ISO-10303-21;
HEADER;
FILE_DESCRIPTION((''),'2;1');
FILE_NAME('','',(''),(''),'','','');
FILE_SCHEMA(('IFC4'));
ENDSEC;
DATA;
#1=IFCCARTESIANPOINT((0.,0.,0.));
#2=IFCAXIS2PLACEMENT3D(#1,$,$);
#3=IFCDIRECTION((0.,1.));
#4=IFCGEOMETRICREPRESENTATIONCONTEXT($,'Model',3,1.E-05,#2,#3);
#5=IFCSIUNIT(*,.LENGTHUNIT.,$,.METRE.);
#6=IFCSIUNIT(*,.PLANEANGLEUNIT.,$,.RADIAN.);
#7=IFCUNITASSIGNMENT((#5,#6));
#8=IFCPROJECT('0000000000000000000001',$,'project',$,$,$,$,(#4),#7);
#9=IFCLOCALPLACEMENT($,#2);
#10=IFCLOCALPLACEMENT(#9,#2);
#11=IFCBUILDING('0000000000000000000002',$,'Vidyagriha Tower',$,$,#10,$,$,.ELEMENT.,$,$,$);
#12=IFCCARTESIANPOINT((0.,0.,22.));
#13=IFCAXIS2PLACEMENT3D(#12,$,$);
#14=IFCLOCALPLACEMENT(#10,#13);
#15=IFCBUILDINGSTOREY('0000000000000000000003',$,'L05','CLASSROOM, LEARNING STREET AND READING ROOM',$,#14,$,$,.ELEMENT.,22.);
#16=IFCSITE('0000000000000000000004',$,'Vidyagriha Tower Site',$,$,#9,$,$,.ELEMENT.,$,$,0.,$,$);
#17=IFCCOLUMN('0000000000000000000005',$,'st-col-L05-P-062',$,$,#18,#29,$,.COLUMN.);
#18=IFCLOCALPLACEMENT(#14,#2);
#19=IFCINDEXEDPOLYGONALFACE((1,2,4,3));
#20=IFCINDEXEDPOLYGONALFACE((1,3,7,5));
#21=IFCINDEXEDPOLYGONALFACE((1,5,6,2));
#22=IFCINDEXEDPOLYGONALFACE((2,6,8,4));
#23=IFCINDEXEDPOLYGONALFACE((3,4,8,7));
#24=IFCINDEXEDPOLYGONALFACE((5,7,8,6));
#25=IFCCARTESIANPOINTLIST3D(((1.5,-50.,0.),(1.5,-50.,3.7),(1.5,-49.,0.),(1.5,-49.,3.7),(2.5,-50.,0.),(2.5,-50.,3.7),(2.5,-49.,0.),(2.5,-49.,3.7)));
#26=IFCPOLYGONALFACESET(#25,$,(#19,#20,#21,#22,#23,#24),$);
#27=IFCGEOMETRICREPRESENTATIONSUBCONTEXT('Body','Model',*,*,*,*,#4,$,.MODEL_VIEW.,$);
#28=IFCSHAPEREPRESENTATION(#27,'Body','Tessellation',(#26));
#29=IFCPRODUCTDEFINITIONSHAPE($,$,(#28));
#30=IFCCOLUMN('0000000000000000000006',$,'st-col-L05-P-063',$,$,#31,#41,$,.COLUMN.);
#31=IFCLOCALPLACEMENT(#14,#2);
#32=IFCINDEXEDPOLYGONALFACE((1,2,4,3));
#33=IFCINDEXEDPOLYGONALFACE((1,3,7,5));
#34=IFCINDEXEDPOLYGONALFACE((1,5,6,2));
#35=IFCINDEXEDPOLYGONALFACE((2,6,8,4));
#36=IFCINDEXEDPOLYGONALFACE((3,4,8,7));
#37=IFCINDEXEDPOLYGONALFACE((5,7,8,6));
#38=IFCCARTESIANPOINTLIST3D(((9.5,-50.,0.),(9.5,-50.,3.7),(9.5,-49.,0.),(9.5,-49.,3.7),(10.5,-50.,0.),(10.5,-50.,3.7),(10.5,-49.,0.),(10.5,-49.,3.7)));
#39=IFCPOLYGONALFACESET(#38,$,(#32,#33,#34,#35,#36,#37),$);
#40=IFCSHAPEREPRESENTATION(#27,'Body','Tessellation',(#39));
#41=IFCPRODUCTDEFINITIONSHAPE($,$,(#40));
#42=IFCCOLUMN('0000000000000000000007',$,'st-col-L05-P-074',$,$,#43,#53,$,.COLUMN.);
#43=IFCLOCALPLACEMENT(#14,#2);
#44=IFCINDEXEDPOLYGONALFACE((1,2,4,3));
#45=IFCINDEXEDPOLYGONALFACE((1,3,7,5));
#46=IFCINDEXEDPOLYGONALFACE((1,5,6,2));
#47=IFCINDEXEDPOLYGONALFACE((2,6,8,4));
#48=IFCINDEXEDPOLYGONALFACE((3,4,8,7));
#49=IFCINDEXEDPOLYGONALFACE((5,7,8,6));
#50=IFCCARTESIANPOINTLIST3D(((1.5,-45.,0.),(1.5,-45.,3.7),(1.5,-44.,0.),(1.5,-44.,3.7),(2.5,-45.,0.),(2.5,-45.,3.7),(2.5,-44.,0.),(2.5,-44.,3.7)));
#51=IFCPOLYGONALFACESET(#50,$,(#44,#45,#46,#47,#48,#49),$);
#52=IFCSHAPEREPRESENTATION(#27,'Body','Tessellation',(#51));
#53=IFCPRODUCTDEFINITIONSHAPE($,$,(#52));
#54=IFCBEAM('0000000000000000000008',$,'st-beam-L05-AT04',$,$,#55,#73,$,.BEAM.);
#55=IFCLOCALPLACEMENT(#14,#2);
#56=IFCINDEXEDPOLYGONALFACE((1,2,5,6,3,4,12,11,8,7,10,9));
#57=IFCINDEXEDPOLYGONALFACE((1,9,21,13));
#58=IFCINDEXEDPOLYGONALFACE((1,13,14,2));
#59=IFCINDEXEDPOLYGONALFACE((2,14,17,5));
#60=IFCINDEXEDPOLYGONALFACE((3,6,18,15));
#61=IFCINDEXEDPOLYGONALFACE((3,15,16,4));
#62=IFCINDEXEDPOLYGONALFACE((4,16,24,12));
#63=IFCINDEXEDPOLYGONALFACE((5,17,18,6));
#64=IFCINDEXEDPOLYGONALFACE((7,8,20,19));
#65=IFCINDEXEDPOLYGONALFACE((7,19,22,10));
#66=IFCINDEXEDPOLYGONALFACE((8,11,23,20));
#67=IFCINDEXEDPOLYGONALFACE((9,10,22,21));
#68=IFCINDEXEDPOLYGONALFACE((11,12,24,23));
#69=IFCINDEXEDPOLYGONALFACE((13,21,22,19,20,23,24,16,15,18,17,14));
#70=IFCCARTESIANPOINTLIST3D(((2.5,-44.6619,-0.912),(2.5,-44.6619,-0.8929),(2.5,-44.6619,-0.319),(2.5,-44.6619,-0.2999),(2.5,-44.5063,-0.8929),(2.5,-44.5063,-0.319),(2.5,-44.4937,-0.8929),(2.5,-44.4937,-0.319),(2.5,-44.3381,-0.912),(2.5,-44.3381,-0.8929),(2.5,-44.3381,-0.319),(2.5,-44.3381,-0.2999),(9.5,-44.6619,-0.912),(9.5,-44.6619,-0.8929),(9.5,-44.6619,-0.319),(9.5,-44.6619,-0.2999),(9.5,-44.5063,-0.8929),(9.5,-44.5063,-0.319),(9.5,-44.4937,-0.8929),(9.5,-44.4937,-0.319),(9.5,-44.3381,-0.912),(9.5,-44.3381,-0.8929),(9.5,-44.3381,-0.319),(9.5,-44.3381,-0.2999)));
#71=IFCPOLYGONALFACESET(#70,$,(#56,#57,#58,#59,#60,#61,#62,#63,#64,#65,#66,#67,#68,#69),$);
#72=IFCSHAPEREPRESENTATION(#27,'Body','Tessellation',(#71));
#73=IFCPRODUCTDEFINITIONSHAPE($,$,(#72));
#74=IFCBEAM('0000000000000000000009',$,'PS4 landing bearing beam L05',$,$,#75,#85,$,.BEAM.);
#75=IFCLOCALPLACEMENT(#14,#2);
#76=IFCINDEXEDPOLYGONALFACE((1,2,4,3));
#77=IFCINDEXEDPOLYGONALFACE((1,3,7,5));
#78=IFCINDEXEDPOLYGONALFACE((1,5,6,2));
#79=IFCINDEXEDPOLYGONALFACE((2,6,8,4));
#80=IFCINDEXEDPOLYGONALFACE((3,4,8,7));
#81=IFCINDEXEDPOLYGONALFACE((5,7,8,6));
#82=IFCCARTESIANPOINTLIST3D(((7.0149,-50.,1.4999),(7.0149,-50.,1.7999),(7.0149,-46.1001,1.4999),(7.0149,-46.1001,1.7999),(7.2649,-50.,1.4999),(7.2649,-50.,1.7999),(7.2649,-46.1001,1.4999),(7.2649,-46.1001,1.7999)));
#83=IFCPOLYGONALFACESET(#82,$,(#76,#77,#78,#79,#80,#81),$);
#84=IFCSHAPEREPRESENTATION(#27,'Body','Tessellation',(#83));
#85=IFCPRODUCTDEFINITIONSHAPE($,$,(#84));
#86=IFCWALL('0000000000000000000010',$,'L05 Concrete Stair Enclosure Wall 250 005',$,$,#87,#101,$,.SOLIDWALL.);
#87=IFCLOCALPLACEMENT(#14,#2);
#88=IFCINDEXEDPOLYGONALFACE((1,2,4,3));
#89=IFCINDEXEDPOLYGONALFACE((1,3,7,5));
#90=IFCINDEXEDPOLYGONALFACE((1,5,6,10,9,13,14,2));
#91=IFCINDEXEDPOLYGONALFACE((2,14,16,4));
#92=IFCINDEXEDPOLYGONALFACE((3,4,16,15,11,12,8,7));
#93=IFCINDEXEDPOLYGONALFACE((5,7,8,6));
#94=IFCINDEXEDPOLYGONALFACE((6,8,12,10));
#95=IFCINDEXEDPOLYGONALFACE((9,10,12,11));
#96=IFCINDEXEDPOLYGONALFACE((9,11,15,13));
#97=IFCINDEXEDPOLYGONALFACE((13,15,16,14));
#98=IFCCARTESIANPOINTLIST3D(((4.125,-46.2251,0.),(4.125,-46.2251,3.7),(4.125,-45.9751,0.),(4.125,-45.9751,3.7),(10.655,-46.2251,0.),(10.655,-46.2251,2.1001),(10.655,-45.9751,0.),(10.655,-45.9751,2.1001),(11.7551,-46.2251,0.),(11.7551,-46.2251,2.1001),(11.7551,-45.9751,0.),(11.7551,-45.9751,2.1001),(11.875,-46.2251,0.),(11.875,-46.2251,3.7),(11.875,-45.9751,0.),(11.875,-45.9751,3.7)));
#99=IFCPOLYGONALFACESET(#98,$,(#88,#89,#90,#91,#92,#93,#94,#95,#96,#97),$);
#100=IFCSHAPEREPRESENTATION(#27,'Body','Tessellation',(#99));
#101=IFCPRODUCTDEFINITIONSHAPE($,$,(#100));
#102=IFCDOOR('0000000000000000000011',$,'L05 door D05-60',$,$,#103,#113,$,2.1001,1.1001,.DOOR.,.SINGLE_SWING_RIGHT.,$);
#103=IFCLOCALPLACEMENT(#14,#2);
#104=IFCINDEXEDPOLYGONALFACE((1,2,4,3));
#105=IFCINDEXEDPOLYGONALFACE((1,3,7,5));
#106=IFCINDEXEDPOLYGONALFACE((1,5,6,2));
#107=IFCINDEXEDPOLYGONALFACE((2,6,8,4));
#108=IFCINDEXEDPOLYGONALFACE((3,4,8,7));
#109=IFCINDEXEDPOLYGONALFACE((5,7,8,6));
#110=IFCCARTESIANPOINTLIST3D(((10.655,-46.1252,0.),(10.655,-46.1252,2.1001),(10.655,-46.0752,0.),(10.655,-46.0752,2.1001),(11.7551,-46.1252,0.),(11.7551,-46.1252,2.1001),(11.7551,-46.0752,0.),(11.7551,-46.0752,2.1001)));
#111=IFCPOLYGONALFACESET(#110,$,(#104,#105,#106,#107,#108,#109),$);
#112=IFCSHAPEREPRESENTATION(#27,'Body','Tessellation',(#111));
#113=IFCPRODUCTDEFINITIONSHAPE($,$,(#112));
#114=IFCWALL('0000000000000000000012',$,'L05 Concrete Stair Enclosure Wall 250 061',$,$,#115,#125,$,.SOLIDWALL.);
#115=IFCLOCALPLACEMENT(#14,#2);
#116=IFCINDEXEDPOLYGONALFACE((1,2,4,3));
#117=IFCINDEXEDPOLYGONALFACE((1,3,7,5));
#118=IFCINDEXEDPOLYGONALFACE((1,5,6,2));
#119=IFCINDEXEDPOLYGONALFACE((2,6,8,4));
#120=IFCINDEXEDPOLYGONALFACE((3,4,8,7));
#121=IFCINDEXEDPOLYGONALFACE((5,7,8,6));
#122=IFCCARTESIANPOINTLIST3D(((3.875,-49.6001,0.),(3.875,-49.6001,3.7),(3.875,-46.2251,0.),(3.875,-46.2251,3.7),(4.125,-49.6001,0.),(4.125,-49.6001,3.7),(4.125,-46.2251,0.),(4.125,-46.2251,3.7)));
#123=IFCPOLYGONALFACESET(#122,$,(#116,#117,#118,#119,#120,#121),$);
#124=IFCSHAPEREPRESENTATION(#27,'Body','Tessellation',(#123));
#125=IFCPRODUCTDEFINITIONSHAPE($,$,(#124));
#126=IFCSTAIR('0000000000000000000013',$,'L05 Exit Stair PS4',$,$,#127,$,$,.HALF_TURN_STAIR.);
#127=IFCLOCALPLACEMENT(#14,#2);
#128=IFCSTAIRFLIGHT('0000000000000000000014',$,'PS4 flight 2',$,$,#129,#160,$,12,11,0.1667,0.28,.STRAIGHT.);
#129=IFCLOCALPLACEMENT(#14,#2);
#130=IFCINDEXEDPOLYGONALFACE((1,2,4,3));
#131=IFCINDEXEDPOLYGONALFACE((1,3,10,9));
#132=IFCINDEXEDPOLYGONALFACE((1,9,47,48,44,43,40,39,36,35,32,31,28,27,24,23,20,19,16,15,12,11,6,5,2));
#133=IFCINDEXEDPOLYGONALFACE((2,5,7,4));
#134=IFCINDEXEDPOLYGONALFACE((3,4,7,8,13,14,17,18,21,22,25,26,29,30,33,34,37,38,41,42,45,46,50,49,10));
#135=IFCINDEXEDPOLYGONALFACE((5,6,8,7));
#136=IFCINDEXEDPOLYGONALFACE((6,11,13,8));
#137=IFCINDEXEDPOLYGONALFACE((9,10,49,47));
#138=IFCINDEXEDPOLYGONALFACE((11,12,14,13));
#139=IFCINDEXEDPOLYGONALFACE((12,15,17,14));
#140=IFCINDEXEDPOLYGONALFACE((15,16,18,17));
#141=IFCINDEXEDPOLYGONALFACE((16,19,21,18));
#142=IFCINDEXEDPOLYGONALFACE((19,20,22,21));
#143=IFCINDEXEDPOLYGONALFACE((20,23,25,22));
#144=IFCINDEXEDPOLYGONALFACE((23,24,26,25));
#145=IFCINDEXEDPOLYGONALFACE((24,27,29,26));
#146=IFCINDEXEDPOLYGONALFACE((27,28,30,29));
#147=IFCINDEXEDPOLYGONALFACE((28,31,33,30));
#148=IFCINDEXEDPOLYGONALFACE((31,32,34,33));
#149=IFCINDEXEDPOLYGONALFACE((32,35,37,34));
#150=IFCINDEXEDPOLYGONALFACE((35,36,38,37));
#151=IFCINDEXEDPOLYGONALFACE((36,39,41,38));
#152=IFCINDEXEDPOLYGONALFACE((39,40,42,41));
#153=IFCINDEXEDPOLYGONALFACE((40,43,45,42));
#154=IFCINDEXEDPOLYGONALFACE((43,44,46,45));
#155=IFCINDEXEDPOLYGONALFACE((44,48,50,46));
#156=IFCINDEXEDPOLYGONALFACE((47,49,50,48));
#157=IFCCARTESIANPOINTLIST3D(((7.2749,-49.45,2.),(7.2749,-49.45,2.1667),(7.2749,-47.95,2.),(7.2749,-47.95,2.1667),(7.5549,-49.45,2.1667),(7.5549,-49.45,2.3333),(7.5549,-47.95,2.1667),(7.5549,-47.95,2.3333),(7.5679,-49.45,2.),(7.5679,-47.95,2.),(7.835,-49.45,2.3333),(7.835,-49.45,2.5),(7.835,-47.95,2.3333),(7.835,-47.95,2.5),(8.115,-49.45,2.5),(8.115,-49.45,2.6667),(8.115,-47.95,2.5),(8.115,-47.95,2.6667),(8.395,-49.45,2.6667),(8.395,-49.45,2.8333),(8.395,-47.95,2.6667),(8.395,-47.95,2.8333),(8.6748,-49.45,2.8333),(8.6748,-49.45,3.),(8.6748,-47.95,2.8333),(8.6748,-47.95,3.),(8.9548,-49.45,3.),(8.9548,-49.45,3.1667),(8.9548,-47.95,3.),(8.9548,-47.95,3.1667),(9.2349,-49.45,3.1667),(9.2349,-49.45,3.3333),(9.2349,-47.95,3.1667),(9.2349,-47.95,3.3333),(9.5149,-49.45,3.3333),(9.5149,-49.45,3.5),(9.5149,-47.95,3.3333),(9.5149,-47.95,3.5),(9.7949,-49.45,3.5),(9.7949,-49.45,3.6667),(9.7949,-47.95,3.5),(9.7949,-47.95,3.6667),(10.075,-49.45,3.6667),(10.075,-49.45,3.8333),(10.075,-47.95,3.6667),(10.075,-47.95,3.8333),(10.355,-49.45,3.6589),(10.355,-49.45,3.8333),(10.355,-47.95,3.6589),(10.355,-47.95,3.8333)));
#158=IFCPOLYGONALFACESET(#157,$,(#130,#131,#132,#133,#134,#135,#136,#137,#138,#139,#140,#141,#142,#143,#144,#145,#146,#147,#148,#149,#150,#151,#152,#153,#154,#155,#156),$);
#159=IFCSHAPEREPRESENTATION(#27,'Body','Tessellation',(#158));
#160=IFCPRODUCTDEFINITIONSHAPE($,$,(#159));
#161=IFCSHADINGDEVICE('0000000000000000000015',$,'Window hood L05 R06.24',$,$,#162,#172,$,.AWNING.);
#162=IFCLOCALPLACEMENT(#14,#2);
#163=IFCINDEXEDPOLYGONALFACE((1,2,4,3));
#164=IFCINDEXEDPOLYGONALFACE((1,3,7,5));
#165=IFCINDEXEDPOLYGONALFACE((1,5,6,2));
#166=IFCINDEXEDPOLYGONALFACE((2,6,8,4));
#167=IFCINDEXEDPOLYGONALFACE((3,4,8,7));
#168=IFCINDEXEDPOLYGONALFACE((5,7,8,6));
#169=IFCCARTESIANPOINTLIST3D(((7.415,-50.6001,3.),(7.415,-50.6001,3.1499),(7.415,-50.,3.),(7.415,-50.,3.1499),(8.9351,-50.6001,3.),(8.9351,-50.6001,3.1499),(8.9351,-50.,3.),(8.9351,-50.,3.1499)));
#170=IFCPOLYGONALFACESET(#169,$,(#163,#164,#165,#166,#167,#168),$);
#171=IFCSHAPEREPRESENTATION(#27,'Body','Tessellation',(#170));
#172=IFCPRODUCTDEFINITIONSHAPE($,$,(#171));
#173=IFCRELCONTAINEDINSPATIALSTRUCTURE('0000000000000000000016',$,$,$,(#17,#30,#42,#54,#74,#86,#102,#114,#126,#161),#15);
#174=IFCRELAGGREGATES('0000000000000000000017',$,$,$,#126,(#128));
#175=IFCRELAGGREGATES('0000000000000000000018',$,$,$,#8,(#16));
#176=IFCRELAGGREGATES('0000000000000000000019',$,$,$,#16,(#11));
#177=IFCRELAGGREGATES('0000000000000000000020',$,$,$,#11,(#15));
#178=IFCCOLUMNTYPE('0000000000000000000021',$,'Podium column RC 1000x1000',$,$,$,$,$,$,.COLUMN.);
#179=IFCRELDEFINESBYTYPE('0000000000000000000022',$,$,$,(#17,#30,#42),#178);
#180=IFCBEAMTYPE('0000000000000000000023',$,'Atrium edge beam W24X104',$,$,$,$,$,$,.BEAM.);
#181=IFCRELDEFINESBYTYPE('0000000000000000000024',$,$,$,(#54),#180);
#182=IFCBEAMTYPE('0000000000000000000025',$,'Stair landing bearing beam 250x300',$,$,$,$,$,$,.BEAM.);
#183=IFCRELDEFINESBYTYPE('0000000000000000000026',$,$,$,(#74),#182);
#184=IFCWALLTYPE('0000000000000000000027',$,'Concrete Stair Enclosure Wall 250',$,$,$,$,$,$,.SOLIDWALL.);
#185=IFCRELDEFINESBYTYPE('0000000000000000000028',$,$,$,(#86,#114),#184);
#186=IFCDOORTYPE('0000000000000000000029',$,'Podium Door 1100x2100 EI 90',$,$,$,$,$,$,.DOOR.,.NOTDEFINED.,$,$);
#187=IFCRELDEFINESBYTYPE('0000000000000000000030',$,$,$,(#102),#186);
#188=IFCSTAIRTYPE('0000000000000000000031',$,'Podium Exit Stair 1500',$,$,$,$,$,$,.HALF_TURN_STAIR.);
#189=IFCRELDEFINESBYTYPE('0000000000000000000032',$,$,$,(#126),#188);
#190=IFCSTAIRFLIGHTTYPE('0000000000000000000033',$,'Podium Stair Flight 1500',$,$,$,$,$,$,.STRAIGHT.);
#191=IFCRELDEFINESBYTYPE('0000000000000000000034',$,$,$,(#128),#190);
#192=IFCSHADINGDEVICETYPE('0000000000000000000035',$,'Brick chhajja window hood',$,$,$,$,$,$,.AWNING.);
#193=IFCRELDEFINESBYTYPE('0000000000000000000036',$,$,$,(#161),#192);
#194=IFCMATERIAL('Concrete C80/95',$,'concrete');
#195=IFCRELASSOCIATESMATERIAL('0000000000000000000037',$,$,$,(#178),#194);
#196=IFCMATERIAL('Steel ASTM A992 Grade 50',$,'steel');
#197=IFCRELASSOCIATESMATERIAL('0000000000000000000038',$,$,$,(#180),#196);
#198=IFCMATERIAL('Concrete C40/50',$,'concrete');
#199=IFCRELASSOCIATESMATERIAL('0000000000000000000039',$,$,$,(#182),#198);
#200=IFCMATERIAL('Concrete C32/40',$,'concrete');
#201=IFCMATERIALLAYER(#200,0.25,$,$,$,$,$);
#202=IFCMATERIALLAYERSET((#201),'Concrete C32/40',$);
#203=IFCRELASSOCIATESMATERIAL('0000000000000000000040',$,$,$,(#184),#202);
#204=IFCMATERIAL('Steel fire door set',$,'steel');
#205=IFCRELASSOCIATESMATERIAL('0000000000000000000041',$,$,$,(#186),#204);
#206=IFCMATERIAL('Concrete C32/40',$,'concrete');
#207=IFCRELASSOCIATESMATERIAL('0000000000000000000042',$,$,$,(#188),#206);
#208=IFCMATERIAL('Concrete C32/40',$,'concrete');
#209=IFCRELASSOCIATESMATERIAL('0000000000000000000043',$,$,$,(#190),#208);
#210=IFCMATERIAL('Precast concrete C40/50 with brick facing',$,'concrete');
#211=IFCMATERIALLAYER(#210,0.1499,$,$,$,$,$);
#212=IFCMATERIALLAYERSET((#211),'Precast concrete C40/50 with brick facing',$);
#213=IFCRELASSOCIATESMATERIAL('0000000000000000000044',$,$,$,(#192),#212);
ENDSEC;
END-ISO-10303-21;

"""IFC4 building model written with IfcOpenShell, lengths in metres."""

from ifc_helpers import new_model, si_unit, direction, frame, frame_2d, origin, origin_2d, place, context, subcontext, project, spatial, polyline, rectangle, i_section, outline, extrude, material, layer, layer_set, material_profile, profile_set, type_object, element, fill, aggregate, save


model = new_model("IFC4")

# Units and contexts
model_context = context("Model", 3, precision=1e-05, world=origin(), true_north=direction((0.0, 1.0)))
body_context = subcontext(model_context, "Body", "Model", "MODEL_VIEW")
ifc_project = project(units=[si_unit("LENGTHUNIT", "METRE"), si_unit("PLANEANGLEUNIT", "RADIAN")], contexts=[model_context])

# Site, building, storey
site_placement = place(None, origin())
site = spatial("IfcSite", under=ifc_project, at=site_placement, Name="Vidyagriha Tower Site", CompositionType="ELEMENT", RefElevation=0.0)
building_placement = place(site_placement, origin())
building = spatial("IfcBuilding", under=site, at=building_placement, Name="Vidyagriha Tower", CompositionType="ELEMENT")
storey_placement = place(building_placement, frame((0.0, 0.0, 22.0)))
storey = spatial("IfcBuildingStorey", under=building, at=storey_placement, Name="L05", Description="CLASSROOM, LEARNING STREET AND READING ROOM", CompositionType="ELEMENT", Elevation=22.0)

# Columns
ifc_material_1 = material(Name="Concrete C80/95", Category="concrete")
ifc_material_profile_1 = material_profile(ifc_material_1, rectangle(XDim=1.0, YDim=1.0, at=origin_2d()), Name="RC 1000x1000")
ifc_profile_set_1 = profile_set([ifc_material_profile_1], Name="Concrete C80/95")
column_type = type_object("IfcColumnType", Name="Podium column RC 1000x1000", PredefinedType="COLUMN", material=ifc_profile_set_1)
for number, where, name in (
    (1, (2.0, -49.5, 0.0), "st-col-L05-P-062"),
    (2, (10.0, -49.5, 0.0), "st-col-L05-P-063"),
    (3, (2.0, -44.5, 0.0), "st-col-L05-P-074"),
):
    element("IfcColumn", number, at=place(storey_placement, frame(where)), inside=storey, type_object=column_type, Name=name, PredefinedType="COLUMN", context=body_context, shape_type="SweptSolid", body=[
        extrude(rectangle(XDim=1.0, YDim=1.0, at=origin_2d()), origin(), (0.0, 0.0, 1.0), 3.7),
    ])

# Beams
ifc_material_2 = material(Name="Steel ASTM A992 Grade 50", Category="steel")
ifc_material_profile_2 = material_profile(ifc_material_2, i_section(OverallWidth=0.3237, OverallDepth=0.6121, WebThickness=0.0127, FlangeThickness=0.019, at=origin_2d()), Name="W24X104")
ifc_profile_set_2 = profile_set([ifc_material_profile_2], Name="Steel ASTM A992 Grade 50")
beam_type_1 = type_object("IfcBeamType", Name="Atrium edge beam W24X104", PredefinedType="BEAM", material=ifc_profile_set_2)
beam_1_placement = place(storey_placement, frame((2.5, -44.5, -0.606), z_axis=(1.0, 0.0, 0.0), x_axis=(0.0, 1.0, 0.0)))
element("IfcBeam", 4, at=beam_1_placement, inside=storey, type_object=beam_type_1, Name="st-beam-L05-AT04", PredefinedType="BEAM", context=body_context, shape_type="SweptSolid", body=[
    extrude(i_section(OverallWidth=0.3237, OverallDepth=0.6121, WebThickness=0.0127, FlangeThickness=0.019, at=origin_2d()), origin(), (0.0, 0.0, 1.0), 7.0),
])
ifc_material_3 = material(Name="Concrete C40/50", Category="concrete")
ifc_material_profile_3 = material_profile(ifc_material_3, rectangle(XDim=0.25, YDim=0.3, at=origin_2d()), Name="Stair landing bearing beam 250x300")
ifc_profile_set_3 = profile_set([ifc_material_profile_3], Name="Concrete C40/50")
beam_type_2 = type_object("IfcBeamType", Name="Stair landing bearing beam 250x300", PredefinedType="BEAM", material=ifc_profile_set_3)
beam_2_placement = place(storey_placement, frame((7.1399, -50.0, 1.6499), z_axis=(0.0, 1.0, 0.0), x_axis=(-1.0, 0.0, 0.0)))
element("IfcBeam", 5, at=beam_2_placement, inside=storey, type_object=beam_type_2, Name="PS4 landing bearing beam L05", PredefinedType="BEAM", context=body_context, shape_type="SweptSolid", body=[
    extrude(rectangle(XDim=0.25, YDim=0.3, at=origin_2d()), origin(), (0.0, 0.0, 1.0), 3.8999),
])

# Wall, opening, door
ifc_material_4 = material(Name="Concrete C32/40", Category="concrete")
ifc_layer_1 = layer(ifc_material_4, 0.25)
ifc_layer_set_1 = layer_set([ifc_layer_1], Name="Concrete C32/40")
wall_type = type_object("IfcWallType", Name="Concrete Stair Enclosure Wall 250", PredefinedType="SOLIDWALL", material=ifc_layer_set_1)
wall_1_placement = place(storey_placement, frame((4.125, -46.1001, 0.0)))
wall_1 = element("IfcWall", 6, at=wall_1_placement, inside=storey, type_object=wall_type, Name="L05 Concrete Stair Enclosure Wall 250 005", PredefinedType="SOLIDWALL", context=body_context, shape_type="SweptSolid", body=[
    extrude(rectangle(XDim=7.75, YDim=0.25, at=frame_2d((3.875, 0.0))), origin(), (0.0, 0.0, 1.0), 3.7),
])
opening_placement = place(wall_1_placement, frame((6.53, 0.0, 0.0)))
opening = element("IfcOpeningElement", 7, at=opening_placement, cuts=wall_1, PredefinedType="OPENING", context=body_context, shape_type="SweptSolid", body=[
    extrude(rectangle(XDim=1.1001, YDim=2.1001, at=frame_2d((0.55, 1.05))), frame((0.0, 0.135, 0.0), z_axis=(0.0, -1.0, 0.0), x_axis=(1.0, 0.0, 0.0)), (0.0, 0.0, 1.0), 0.27),
])
ifc_material_5 = material(Name="Steel fire door set", Category="steel")
door_type = type_object("IfcDoorType", Name="Podium Door 1100x2100 EI 90", OperationType="NOTDEFINED", PredefinedType="DOOR", material=ifc_material_5)
door_placement = place(opening_placement, origin())
door = element("IfcDoor", 8, at=door_placement, inside=storey, type_object=door_type, Name="L05 door D05-60", OperationType="SINGLE_SWING_RIGHT", OverallHeight=2.1001, OverallWidth=1.1001, PredefinedType="DOOR", context=body_context, shape_type="SweptSolid", body=[
    extrude(rectangle(XDim=1.1001, YDim=2.1001, at=frame_2d((0.55, 1.05))), frame((0.0, 0.0249, 0.0), z_axis=(0.0, -1.0, 0.0), x_axis=(1.0, 0.0, 0.0)), (0.0, 0.0, 1.0), 0.05),
])
fill(opening, door)

# Wall
wall_2_placement = place(storey_placement, frame((4.0, -49.6001, 0.0), z_axis=(0.0, 0.0, 1.0), x_axis=(0.0, 1.0, 0.0)))
element("IfcWall", 9, at=wall_2_placement, inside=storey, type_object=wall_type, Name="L05 Concrete Stair Enclosure Wall 250 061", PredefinedType="SOLIDWALL", context=body_context, shape_type="SweptSolid", body=[
    extrude(rectangle(XDim=3.375, YDim=0.25, at=frame_2d((1.6875, 0.0))), origin(), (0.0, 0.0, 1.0), 3.7),
])

# Stair, stair flight
ifc_material_6 = material(Name="Concrete C32/40", Category="concrete")
stair_type = type_object("IfcStairType", Name="Podium Exit Stair 1500", PredefinedType="HALF_TURN_STAIR", material=ifc_material_6)
stair_placement = place(storey_placement, origin())
stair = element("IfcStair", 10, at=stair_placement, inside=storey, type_object=stair_type, Name="L05 Exit Stair PS4", PredefinedType="HALF_TURN_STAIR")
ifc_material_7 = material(Name="Concrete C32/40", Category="concrete")
stair_flight_type = type_object("IfcStairFlightType", Name="Podium Stair Flight 1500", PredefinedType="STRAIGHT", material=ifc_material_7)
stair_flight_placement = place(storey_placement, frame((7.2749, -48.7, 2.0)))
stair_flight = element("IfcStairFlight", 11, at=stair_flight_placement, type_object=stair_flight_type, Name="PS4 flight 2", NumberOfRisers=12, NumberOfTreads=11, PredefinedType="STRAIGHT", RiserHeight=0.1667, TreadLength=0.28, context=body_context, shape_type="SweptSolid", body=[
    extrude(outline(polyline([(0.0, 0.0), (0.0, 0.1667), (0.28, 0.1667), (0.28, 0.3333), (0.5601, 0.3333), (0.5601, 0.5), (0.8401, 0.5), (0.8401, 0.6667), (1.1201, 0.6667), (1.1201, 0.8333), (1.3999, 0.8333), (1.3999, 1.0), (1.6799, 1.0), (1.6799, 1.1667), (1.96, 1.1667), (1.96, 1.3333), (2.24, 1.3333), (2.24, 1.5), (2.52, 1.5), (2.52, 1.6667), (2.8, 1.6667), (2.8, 1.8333), (3.0801, 1.8333), (3.0801, 2.0), (3.0801, 1.6589), (0.293, 0.0), (0.0, 0.0)])), frame((0.0, 0.75, 0.0), z_axis=(0.0, -1.0, 0.0), x_axis=(1.0, 0.0, 0.0)), (0.0, 0.0, 1.0), 1.5),
])
aggregate(stair, [stair_flight])

# Shading device
ifc_material_8 = material(Name="Precast concrete C40/50 with brick facing", Category="concrete")
ifc_layer_2 = layer(ifc_material_8, 0.1499)
ifc_layer_set_2 = layer_set([ifc_layer_2], Name="Precast concrete C40/50 with brick facing")
shading_device_type_1 = type_object("IfcShadingDeviceType", Name="Brick chhajja window hood", PredefinedType="AWNING", material=ifc_layer_set_2)
shading_device_1_placement = place(storey_placement, frame((8.175, -50.3, 3.0)))
element("IfcShadingDevice", 12, at=shading_device_1_placement, inside=storey, type_object=shading_device_type_1, Name="Window hood L05 R06.24", PredefinedType="AWNING", context=body_context, shape_type="SweptSolid", body=[
    extrude(rectangle(XDim=1.52, YDim=0.6001, at=origin_2d()), origin(), (0.0, 0.0, 1.0), 0.1499),
])

save(model, "model.ifc")
